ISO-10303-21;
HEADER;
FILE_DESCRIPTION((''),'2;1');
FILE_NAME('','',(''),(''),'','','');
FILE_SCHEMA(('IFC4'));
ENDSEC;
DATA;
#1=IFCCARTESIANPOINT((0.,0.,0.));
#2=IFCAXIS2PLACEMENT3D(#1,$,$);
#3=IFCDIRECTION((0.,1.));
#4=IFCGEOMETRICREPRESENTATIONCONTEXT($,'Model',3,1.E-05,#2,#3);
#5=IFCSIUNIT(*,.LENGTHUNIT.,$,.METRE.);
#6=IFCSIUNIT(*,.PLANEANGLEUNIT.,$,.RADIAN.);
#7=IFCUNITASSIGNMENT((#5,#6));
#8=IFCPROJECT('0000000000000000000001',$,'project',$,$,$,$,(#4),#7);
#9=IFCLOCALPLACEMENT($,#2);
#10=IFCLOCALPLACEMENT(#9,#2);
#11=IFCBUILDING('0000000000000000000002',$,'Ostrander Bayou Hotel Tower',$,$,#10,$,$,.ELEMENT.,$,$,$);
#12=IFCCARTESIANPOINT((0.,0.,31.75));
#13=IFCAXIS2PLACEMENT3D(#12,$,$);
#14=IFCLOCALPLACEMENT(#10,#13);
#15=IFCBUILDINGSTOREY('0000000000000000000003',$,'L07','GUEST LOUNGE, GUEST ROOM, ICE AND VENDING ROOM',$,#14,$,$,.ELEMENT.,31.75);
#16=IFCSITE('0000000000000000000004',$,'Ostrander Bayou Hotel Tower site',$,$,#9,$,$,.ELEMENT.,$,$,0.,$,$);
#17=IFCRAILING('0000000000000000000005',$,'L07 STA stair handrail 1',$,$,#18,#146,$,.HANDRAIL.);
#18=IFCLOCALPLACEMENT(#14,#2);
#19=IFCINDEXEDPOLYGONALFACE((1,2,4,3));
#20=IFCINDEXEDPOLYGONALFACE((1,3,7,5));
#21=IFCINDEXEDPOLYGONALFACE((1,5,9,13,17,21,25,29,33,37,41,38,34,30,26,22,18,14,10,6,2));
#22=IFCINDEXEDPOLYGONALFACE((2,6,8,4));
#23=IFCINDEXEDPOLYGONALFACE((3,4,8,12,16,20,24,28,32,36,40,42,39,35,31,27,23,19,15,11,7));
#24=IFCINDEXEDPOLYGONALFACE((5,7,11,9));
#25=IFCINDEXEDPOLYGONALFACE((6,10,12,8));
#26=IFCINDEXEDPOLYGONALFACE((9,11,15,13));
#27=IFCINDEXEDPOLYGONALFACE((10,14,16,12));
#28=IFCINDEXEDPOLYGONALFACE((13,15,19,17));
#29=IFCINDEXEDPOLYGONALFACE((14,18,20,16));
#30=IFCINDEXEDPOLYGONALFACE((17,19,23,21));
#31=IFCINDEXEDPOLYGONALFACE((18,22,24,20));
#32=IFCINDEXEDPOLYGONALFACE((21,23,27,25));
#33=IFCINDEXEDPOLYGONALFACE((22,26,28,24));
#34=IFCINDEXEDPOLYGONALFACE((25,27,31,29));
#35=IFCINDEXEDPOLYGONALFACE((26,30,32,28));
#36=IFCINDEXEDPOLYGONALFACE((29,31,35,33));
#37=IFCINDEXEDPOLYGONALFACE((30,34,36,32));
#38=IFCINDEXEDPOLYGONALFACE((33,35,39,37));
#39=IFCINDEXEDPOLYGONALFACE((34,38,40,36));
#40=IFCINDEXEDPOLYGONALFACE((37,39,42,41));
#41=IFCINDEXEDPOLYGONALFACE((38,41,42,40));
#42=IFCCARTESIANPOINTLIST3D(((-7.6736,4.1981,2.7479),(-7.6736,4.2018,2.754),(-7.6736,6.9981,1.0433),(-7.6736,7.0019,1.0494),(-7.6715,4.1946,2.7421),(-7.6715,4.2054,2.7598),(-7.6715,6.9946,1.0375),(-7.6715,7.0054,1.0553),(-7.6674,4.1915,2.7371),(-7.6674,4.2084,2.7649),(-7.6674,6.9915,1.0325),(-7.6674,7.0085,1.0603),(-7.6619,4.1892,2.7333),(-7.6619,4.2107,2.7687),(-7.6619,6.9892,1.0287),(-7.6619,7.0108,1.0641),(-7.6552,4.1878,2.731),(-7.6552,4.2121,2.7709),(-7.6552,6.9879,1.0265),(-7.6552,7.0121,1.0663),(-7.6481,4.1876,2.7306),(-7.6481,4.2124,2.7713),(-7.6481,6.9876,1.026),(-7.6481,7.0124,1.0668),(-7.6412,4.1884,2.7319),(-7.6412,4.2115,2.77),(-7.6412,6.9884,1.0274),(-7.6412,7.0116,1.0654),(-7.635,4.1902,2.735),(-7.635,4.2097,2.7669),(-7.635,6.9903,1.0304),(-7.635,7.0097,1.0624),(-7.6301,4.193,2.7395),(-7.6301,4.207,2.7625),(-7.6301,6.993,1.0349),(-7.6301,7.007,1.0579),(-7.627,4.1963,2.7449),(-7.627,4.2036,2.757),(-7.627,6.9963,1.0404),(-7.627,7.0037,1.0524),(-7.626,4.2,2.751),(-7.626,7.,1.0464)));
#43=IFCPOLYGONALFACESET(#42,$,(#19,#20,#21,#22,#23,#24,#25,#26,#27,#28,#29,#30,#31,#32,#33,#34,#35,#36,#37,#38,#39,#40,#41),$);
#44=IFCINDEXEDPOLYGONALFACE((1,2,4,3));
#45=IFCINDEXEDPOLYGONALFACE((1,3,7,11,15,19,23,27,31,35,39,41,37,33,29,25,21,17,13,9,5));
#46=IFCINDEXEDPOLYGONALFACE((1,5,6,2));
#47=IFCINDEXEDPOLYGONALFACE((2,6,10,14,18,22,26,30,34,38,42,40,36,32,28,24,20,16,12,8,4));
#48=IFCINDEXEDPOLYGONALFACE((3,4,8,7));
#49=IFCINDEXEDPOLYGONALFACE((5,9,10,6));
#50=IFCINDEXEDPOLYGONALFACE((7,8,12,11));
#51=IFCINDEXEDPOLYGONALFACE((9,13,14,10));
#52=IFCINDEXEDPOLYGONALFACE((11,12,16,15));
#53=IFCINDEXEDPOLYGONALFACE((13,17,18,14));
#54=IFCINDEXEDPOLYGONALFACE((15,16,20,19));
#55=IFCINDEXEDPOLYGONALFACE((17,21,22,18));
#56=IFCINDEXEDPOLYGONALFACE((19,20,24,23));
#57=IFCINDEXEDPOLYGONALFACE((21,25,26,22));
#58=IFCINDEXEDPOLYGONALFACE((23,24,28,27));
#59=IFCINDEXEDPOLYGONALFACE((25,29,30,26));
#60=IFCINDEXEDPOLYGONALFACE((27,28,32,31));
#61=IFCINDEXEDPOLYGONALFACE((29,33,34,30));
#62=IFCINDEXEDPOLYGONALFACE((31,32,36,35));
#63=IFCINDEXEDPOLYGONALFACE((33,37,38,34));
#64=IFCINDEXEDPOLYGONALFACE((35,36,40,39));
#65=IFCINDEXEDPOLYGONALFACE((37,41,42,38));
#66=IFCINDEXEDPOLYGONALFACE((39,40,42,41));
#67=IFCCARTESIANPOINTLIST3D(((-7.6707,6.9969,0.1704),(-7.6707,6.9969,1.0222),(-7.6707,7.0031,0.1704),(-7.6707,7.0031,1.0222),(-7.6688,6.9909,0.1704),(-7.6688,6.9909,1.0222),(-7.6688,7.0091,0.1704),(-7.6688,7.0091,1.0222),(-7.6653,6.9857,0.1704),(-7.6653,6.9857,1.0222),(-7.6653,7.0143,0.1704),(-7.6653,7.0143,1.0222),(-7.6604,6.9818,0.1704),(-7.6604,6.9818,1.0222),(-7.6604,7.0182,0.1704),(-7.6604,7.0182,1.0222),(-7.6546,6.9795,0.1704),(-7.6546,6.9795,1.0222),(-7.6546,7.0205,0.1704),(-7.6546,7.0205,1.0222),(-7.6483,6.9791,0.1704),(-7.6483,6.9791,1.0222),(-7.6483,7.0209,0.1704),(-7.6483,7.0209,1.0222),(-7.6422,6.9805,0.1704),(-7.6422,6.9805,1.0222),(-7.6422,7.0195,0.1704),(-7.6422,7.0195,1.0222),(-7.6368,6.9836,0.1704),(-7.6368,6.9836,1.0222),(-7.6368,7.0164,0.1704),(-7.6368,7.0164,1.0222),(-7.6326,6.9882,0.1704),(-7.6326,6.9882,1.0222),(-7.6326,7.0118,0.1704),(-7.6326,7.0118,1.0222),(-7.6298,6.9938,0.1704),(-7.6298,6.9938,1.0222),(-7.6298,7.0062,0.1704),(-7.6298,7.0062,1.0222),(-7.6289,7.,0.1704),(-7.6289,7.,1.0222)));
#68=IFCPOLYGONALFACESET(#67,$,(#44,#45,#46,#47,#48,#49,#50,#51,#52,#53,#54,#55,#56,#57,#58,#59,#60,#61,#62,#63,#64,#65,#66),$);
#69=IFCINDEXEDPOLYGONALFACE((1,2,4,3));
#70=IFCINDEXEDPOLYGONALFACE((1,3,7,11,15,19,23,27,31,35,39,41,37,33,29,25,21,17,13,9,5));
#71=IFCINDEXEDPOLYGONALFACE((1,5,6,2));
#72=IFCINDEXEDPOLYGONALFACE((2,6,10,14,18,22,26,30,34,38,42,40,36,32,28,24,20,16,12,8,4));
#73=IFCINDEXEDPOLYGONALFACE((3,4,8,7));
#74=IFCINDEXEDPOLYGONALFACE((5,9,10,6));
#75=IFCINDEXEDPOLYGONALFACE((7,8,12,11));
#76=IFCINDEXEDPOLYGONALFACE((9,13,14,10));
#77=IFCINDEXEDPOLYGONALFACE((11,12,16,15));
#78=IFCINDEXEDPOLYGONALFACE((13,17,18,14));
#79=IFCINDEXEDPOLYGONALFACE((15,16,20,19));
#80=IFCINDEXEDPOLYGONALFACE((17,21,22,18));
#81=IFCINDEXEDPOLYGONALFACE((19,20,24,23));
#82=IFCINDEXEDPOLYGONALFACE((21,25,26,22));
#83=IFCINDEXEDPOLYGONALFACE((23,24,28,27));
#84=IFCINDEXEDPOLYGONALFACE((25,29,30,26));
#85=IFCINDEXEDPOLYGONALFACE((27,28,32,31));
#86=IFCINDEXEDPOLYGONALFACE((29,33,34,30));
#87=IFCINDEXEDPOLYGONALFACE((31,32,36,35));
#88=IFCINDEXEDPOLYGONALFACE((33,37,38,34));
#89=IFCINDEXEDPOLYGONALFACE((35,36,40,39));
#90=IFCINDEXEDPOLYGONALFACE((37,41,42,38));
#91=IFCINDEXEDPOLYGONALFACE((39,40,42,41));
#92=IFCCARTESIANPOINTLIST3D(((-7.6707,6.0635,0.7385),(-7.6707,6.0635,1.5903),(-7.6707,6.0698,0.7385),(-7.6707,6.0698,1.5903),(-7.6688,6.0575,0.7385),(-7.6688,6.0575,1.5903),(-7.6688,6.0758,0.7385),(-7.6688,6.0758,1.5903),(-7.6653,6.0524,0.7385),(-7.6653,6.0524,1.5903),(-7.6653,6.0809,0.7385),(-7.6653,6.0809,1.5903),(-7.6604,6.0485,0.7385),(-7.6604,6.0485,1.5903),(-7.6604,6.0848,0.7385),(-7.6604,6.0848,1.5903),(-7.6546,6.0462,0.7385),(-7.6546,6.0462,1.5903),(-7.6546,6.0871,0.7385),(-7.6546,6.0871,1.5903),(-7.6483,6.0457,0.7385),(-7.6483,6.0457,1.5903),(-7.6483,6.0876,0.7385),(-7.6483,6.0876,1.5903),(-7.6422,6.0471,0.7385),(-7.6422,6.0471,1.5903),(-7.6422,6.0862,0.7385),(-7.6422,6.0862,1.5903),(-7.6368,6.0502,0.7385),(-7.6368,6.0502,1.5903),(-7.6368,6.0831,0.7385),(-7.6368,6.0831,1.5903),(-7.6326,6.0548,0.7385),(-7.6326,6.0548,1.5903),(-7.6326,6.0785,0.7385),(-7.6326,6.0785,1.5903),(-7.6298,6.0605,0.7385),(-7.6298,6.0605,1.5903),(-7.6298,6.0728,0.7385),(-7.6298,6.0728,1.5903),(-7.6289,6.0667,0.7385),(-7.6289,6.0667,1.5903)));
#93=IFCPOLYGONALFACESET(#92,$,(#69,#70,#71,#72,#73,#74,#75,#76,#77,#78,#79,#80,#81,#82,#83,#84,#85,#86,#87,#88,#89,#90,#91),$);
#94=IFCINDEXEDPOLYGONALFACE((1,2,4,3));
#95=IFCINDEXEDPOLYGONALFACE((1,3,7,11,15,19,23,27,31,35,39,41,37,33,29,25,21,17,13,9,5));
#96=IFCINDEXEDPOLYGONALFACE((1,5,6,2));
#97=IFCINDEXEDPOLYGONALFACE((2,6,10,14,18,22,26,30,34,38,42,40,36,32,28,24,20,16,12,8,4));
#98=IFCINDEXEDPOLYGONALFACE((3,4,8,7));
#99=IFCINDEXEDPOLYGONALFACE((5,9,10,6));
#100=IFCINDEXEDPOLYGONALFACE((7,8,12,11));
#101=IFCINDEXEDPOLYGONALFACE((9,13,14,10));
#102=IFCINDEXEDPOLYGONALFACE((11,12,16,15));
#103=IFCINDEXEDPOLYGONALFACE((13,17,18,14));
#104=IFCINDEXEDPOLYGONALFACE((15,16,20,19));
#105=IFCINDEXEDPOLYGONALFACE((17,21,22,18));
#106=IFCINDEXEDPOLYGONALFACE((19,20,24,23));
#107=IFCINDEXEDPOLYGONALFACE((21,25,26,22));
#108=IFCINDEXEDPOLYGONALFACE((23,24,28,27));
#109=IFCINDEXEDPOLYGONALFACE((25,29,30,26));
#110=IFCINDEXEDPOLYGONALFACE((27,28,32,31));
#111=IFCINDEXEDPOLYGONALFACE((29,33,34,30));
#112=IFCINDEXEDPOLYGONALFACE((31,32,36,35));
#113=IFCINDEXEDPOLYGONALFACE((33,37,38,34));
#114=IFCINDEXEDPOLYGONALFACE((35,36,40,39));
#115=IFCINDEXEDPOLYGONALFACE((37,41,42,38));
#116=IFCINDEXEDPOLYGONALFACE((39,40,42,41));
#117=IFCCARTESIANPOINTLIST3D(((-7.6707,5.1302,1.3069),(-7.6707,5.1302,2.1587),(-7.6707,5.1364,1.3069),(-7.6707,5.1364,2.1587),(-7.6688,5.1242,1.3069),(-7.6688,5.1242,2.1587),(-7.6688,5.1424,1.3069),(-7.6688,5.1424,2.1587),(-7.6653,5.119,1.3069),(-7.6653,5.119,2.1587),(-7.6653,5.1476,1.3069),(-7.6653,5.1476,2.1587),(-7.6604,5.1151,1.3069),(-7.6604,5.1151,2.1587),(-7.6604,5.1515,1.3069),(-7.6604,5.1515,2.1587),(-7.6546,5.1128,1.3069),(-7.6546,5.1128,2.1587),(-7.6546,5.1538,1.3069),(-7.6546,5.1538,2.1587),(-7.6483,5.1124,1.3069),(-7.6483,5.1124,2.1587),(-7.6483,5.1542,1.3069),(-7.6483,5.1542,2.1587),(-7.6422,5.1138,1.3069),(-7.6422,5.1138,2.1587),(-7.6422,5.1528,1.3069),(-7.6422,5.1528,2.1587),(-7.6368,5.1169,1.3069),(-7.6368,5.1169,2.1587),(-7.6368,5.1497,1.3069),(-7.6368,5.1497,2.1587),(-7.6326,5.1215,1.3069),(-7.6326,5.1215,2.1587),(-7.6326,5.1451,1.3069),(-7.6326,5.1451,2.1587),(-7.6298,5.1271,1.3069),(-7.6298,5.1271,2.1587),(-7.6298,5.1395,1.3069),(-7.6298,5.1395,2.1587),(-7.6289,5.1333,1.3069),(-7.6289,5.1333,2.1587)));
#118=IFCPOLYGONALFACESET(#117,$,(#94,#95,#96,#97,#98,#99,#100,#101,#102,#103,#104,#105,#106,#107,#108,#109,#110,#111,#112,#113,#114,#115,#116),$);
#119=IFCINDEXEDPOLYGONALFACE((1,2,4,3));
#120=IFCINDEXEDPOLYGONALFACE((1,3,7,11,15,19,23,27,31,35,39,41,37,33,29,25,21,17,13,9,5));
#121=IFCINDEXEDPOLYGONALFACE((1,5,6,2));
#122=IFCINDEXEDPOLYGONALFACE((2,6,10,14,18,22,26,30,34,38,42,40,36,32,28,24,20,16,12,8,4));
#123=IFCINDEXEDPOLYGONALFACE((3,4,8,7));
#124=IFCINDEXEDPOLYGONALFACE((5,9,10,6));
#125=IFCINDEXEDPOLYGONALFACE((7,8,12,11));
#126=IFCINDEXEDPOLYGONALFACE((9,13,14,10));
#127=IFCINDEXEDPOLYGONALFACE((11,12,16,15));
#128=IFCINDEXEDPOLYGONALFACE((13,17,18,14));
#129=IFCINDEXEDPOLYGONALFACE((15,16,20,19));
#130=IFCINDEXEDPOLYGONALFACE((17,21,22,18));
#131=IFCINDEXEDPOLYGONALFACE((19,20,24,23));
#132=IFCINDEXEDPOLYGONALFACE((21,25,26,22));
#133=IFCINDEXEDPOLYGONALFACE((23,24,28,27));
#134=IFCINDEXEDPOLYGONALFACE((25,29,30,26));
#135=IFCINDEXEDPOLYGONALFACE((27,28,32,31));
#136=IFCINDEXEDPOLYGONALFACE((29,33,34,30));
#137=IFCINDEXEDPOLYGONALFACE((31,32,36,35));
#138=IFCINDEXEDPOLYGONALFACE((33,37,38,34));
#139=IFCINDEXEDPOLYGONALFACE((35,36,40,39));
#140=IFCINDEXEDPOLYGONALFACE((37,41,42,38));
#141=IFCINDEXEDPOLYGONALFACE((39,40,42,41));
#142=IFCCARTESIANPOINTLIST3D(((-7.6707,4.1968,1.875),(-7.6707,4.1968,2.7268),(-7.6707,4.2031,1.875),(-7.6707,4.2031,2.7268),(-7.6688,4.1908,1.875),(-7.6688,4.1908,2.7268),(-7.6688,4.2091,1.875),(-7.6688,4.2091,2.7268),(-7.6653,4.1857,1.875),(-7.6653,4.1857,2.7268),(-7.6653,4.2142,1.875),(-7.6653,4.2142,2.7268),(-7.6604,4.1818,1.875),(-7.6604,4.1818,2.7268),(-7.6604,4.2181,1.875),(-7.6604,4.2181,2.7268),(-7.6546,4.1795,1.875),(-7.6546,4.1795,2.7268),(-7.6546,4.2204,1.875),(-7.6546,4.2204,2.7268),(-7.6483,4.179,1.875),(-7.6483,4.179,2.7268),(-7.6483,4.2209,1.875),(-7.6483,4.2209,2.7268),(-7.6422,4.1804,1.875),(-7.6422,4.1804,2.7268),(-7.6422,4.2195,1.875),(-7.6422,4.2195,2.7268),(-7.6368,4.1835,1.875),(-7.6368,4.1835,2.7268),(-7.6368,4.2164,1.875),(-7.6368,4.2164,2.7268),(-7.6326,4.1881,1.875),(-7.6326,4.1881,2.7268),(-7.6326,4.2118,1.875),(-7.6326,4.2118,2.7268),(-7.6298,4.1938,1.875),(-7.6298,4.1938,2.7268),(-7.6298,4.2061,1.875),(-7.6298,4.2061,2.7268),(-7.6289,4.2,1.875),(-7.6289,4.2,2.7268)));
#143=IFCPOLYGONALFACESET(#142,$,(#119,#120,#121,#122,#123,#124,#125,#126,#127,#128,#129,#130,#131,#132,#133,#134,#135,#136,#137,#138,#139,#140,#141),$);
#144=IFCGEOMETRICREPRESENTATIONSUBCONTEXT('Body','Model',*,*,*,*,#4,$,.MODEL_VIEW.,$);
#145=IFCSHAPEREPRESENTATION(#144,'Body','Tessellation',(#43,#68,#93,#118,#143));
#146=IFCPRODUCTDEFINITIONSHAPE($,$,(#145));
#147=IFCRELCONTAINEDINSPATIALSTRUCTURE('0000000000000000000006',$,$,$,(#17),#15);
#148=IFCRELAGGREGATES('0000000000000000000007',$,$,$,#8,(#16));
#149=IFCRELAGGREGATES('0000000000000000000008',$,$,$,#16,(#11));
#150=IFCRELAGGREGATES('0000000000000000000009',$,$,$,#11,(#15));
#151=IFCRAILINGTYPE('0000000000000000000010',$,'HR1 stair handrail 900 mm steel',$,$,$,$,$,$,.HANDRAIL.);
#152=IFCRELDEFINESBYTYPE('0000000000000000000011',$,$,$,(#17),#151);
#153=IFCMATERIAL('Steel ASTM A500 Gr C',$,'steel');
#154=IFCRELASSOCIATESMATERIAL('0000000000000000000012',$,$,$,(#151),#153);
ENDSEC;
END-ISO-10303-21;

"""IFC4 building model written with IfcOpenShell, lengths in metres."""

from ifc_helpers import new_model, si_unit, direction, frame, origin, origin_2d, place, context, subcontext, project, spatial, circle, extrude, material, type_object, element, save


model = new_model("IFC4")

# Units and contexts
model_context = context("Model", 3, precision=1e-05, world=origin(), true_north=direction((0.0, 1.0)))
body_context = subcontext(model_context, "Body", "Model", "MODEL_VIEW")
ifc_project = project(units=[si_unit("LENGTHUNIT", "METRE"), si_unit("PLANEANGLEUNIT", "RADIAN")], contexts=[model_context])

# Site, building, storey
site_placement = place(None, origin())
site = spatial("IfcSite", under=ifc_project, at=site_placement, Name="Ostrander Bayou Hotel Tower site", CompositionType="ELEMENT", RefElevation=0.0)
building_placement = place(site_placement, origin())
building = spatial("IfcBuilding", under=site, at=building_placement, Name="Ostrander Bayou Hotel Tower", CompositionType="ELEMENT")
storey_placement = place(building_placement, frame((0.0, 0.0, 31.75)))
storey = spatial("IfcBuildingStorey", under=building, at=storey_placement, Name="L07", Description="GUEST LOUNGE, GUEST ROOM, ICE AND VENDING ROOM", CompositionType="ELEMENT", Elevation=31.75)

# Railing
ifc_material_1 = material(Name="Steel ASTM A500 Gr C", Category="steel")
railing_type_1 = type_object("IfcRailingType", Name="HR1 stair handrail 900 mm steel", PredefinedType="HANDRAIL", material=ifc_material_1)
railing_1_placement = place(storey_placement, frame((-7.6499, 7.0, 0.1704)))
element("IfcRailing", 1, at=railing_1_placement, inside=storey, type_object=railing_type_1, Name="L07 STA stair handrail 1", PredefinedType="HANDRAIL", context=body_context, shape_type="SweptSolid", body=[
    extrude(circle(Radius=0.0239, at=origin_2d()), frame((0.0, 0.0, 0.876), z_axis=(0.0, -0.85417, 0.519994), x_axis=(1.0, 0.0, 0.0)), (0.0, 0.0, 1.0), 3.2781),
    extrude(circle(Radius=0.021, at=origin_2d()), origin(), (0.0, 0.0, 1.0), 0.8518),
    extrude(circle(Radius=0.021, at=origin_2d()), frame((0.0, -0.9333, 0.5681)), (0.0, 0.0, 1.0), 0.8518),
    extrude(circle(Radius=0.021, at=origin_2d()), frame((0.0, -1.8667, 1.1365)), (0.0, 0.0, 1.0), 0.8518),
    extrude(circle(Radius=0.021, at=origin_2d()), frame((0.0, -2.8, 1.7046)), (0.0, 0.0, 1.0), 0.8518),
])

save(model, "model.ifc")
